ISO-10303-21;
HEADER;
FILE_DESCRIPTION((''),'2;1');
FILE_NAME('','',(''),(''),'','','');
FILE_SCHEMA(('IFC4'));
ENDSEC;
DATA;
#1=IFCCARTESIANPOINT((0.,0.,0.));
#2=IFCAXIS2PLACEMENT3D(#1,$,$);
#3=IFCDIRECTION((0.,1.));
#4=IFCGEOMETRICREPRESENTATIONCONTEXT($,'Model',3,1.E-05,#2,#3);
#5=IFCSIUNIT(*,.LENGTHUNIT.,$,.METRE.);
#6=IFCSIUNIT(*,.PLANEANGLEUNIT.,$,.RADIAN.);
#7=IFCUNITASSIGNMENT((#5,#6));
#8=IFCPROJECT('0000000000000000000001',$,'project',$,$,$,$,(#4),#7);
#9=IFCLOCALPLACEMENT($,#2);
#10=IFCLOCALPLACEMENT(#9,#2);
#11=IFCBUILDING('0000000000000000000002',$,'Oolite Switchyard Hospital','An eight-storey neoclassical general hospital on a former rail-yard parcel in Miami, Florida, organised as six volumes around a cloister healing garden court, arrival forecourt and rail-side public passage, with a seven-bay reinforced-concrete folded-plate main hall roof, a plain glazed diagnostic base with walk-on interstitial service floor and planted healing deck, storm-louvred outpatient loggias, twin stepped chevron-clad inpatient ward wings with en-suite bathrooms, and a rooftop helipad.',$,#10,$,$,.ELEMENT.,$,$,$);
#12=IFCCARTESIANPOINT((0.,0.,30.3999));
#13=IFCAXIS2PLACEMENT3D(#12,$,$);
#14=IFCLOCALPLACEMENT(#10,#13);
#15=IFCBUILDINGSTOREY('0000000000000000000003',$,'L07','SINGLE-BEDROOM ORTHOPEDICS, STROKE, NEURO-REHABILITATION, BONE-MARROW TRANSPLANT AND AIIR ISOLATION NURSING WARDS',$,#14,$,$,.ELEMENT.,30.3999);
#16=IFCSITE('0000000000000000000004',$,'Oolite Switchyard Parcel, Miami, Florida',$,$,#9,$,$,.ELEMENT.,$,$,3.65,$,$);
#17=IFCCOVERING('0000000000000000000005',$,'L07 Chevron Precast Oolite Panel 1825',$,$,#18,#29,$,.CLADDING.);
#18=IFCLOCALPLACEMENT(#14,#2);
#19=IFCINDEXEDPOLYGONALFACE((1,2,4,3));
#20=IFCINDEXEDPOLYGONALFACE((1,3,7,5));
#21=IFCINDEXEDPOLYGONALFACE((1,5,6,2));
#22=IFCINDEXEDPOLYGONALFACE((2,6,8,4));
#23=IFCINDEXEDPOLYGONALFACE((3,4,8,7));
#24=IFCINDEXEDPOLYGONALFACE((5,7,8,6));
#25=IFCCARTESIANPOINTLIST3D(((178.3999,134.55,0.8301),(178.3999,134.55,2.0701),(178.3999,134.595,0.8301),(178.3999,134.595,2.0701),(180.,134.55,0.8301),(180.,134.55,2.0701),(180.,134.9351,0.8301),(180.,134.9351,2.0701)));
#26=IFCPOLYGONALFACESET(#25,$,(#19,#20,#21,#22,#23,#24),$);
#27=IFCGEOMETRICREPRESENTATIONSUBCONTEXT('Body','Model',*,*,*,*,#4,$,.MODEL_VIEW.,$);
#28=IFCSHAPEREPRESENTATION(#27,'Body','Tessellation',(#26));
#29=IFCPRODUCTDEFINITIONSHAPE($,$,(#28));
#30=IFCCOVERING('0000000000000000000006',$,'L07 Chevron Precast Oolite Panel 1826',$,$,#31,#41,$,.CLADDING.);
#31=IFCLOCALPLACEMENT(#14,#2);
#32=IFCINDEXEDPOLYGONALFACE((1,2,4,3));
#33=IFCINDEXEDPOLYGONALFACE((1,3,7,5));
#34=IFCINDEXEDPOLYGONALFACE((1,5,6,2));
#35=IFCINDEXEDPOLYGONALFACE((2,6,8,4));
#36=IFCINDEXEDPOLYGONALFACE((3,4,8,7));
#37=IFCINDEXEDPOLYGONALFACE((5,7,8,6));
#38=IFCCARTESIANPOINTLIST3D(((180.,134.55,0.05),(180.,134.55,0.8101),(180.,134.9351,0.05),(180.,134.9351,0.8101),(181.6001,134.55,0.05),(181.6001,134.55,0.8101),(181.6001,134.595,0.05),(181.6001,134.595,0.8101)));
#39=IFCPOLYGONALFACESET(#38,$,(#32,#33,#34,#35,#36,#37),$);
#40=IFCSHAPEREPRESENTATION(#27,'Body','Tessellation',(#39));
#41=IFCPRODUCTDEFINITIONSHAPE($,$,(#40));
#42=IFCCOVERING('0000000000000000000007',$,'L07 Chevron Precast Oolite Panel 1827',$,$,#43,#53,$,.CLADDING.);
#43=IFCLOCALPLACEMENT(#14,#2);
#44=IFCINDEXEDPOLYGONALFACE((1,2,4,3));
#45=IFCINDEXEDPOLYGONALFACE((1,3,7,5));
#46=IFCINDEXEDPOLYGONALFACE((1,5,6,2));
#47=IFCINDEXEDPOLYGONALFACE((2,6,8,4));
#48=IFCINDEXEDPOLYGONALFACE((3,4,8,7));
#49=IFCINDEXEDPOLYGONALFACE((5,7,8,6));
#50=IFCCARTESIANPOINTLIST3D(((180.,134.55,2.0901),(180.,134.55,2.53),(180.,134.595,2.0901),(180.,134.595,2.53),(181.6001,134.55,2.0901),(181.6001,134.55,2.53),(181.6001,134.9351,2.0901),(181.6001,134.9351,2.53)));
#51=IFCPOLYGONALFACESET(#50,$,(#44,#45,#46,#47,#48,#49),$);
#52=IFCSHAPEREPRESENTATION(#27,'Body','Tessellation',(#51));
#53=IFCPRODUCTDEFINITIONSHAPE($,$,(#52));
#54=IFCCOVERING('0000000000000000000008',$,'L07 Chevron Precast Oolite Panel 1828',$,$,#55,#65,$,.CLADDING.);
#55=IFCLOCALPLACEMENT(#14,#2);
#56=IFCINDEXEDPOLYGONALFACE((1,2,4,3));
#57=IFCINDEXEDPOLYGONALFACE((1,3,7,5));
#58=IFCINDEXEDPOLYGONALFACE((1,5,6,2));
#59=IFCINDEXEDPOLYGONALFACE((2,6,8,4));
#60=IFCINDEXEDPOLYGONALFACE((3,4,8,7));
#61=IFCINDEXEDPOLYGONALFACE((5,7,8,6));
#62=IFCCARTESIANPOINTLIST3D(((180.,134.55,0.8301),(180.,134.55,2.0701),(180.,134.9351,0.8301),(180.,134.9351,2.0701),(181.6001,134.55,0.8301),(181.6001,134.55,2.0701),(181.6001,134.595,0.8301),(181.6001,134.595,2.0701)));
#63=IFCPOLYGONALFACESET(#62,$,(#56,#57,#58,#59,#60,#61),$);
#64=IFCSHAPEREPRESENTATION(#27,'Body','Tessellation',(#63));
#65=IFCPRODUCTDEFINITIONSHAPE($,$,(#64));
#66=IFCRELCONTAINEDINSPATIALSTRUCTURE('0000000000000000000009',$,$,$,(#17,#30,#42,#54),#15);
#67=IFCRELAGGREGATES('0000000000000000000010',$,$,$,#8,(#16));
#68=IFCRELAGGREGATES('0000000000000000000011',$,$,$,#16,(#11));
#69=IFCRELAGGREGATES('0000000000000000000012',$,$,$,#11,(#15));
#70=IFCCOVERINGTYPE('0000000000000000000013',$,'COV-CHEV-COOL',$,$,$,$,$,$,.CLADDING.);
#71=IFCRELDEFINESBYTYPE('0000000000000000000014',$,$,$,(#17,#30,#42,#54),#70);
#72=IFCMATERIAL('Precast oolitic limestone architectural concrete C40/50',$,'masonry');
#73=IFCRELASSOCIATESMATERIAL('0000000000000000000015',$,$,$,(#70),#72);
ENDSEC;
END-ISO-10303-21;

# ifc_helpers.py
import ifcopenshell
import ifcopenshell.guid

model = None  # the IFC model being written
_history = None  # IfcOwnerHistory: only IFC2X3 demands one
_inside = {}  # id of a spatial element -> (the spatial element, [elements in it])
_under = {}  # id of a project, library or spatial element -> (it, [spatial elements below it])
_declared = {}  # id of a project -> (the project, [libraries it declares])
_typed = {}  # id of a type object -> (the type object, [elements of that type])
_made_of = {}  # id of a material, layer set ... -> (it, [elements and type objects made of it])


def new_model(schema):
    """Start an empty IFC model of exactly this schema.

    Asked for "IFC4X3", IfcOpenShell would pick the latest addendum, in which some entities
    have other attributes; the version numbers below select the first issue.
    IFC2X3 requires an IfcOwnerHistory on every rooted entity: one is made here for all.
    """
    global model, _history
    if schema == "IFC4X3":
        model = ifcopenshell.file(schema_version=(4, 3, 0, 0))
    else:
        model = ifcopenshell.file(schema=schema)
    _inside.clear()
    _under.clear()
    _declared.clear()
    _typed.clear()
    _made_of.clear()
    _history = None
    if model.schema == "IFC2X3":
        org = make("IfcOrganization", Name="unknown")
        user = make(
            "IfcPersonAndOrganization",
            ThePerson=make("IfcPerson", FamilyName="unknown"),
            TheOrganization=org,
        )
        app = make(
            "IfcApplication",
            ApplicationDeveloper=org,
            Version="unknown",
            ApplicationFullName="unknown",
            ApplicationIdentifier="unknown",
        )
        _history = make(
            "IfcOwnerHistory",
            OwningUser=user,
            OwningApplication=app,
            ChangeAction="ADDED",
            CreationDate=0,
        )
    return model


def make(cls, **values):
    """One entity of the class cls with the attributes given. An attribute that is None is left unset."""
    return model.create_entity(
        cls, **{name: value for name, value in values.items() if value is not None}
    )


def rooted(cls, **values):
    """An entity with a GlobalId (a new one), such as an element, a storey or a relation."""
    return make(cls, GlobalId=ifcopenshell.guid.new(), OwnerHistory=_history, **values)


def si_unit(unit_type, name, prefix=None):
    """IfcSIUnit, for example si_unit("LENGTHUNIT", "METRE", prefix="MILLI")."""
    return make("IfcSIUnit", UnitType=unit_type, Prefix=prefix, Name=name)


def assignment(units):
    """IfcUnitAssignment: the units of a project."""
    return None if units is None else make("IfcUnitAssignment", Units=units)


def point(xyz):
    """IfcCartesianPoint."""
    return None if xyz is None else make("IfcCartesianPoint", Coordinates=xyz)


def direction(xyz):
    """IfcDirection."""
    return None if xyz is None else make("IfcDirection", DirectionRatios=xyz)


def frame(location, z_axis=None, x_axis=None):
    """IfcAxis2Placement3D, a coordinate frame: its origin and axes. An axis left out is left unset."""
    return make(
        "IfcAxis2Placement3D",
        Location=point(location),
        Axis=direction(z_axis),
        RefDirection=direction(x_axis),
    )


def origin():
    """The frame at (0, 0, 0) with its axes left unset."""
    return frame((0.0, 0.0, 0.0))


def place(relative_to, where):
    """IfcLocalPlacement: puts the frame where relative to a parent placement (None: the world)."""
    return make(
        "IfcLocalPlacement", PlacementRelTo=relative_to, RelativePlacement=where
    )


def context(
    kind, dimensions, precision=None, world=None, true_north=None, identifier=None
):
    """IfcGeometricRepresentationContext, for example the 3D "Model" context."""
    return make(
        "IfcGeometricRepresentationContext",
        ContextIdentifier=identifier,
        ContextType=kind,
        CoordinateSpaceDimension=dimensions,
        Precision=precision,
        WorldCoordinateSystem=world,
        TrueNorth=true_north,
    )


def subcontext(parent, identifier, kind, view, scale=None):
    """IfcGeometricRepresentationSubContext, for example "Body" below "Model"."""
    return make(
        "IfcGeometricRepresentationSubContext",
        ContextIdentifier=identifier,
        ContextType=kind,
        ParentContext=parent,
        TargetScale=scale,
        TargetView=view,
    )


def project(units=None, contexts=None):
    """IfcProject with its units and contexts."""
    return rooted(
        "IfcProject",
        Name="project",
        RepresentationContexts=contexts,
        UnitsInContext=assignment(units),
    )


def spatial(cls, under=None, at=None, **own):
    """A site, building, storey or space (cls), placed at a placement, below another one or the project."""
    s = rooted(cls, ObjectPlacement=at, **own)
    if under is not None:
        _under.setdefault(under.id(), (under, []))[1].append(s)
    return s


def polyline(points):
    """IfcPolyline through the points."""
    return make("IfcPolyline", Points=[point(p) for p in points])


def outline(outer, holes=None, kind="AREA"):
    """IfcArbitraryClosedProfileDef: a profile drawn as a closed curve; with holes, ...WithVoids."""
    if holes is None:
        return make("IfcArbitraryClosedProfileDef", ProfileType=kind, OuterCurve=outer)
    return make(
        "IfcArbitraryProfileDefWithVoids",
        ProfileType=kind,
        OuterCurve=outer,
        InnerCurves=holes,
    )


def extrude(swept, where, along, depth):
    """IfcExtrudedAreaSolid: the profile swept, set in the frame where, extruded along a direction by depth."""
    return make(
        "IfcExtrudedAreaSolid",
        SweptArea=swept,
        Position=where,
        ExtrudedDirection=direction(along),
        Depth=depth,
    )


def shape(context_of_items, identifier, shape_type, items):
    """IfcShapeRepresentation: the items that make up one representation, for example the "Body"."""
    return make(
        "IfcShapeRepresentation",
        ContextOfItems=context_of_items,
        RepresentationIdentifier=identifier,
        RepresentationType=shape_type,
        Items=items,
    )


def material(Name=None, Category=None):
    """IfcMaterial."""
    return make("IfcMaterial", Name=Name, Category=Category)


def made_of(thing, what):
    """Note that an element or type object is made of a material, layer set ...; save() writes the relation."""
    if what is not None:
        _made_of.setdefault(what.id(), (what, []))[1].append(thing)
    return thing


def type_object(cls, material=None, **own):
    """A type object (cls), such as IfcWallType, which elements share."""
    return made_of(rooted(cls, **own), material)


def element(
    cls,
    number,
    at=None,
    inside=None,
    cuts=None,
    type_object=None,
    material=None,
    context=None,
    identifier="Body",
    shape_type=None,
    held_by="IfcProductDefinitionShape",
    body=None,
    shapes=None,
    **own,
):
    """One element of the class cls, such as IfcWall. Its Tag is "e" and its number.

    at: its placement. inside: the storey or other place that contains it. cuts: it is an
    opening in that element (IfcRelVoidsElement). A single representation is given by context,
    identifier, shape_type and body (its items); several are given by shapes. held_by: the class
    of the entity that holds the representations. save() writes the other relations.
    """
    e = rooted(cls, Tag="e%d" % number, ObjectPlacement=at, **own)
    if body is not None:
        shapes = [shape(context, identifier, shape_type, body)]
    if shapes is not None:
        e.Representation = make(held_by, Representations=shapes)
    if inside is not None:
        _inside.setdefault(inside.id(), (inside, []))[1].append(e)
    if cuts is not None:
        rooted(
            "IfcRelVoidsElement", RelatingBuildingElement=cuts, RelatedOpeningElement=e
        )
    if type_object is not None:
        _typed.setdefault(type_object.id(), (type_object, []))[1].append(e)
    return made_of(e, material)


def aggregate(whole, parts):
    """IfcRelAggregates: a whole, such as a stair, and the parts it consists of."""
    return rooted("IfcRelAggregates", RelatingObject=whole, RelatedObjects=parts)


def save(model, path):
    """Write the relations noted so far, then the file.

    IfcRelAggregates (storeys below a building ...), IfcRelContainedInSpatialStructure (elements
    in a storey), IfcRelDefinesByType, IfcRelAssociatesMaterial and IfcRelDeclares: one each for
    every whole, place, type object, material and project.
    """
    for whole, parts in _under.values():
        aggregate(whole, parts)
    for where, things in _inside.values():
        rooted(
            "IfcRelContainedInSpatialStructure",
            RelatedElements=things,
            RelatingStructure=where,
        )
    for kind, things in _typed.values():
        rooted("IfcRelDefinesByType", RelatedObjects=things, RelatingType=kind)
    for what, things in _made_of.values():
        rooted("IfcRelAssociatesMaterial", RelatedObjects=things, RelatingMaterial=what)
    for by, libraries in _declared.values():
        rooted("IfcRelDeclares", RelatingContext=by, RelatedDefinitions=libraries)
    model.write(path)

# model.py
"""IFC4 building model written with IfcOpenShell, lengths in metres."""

from ifc_helpers import new_model, si_unit, direction, frame, origin, place, context, subcontext, project, spatial, polyline, outline, extrude, material, type_object, element, save


model = new_model("IFC4")

# Units and contexts
model_context = context("Model", 3, precision=1e-05, world=origin(), true_north=direction((0.0, 1.0)))
body_context = subcontext(model_context, "Body", "Model", "MODEL_VIEW")
ifc_project = project(units=[si_unit("LENGTHUNIT", "METRE"), si_unit("PLANEANGLEUNIT", "RADIAN")], contexts=[model_context])

# Site, building, storey
site_placement = place(None, origin())
site = spatial("IfcSite", under=ifc_project, at=site_placement, Name="Oolite Switchyard Parcel, Miami, Florida", CompositionType="ELEMENT", RefElevation=3.65)
building_placement = place(site_placement, origin())
building = spatial("IfcBuilding", under=site, at=building_placement, Name="Oolite Switchyard Hospital", Description="An eight-storey neoclassical general hospital on a former rail-yard parcel in Miami, Florida, organised as six volumes around a cloister healing garden court, arrival forecourt and rail-side public passage, with a seven-bay reinforced-concrete folded-plate main hall roof, a plain glazed diagnostic base with walk-on interstitial service floor and planted healing deck, storm-louvred outpatient loggias, twin stepped chevron-clad inpatient ward wings with en-suite bathrooms, and a rooftop helipad.", CompositionType="ELEMENT")
storey_placement = place(building_placement, frame((0.0, 0.0, 30.3999)))
storey = spatial("IfcBuildingStorey", under=building, at=storey_placement, Name="L07", Description="SINGLE-BEDROOM ORTHOPEDICS, STROKE, NEURO-REHABILITATION, BONE-MARROW TRANSPLANT AND AIIR ISOLATION NURSING WARDS", CompositionType="ELEMENT", Elevation=30.3999)

# Shared definitions
ifc_material_1 = material(Name="Precast oolitic limestone architectural concrete C40/50", Category="masonry")

# Coverings
covering_type = type_object("IfcCoveringType", Name="COV-CHEV-COOL", PredefinedType="CLADDING", material=ifc_material_1)
covering_1_placement = place(storey_placement, frame((178.3999, 134.55, 0.8301), z_axis=(0.0, 0.0, 1.0), x_axis=(1.0, 0.0, 0.0)))
element("IfcCovering", 1, at=covering_1_placement, inside=storey, type_object=covering_type, Name="L07 Chevron Precast Oolite Panel 1825", PredefinedType="CLADDING", context=body_context, shape_type="SweptSolid", body=[
    extrude(outline(polyline([(0.0, 0.0), (1.6001, 0.0), (1.6001, 0.385), (0.0, 0.0449), (0.0, 0.0)])), origin(), (0.0, 0.0, 1.0), 1.24),
])
covering_2_placement = place(storey_placement, frame((180.0, 134.55, 0.05), z_axis=(0.0, 0.0, 1.0), x_axis=(1.0, 0.0, 0.0)))
element("IfcCovering", 2, at=covering_2_placement, inside=storey, type_object=covering_type, Name="L07 Chevron Precast Oolite Panel 1826", PredefinedType="CLADDING", context=body_context, shape_type="SweptSolid", body=[
    extrude(outline(polyline([(0.0, 0.0), (1.6001, 0.0), (1.6001, 0.0449), (0.0, 0.385), (0.0, 0.0)])), origin(), (0.0, 0.0, 1.0), 0.76),
])
covering_3_placement = place(storey_placement, frame((180.0, 134.55, 2.0901), z_axis=(0.0, 0.0, 1.0), x_axis=(1.0, 0.0, 0.0)))
element("IfcCovering", 3, at=covering_3_placement, inside=storey, type_object=covering_type, Name="L07 Chevron Precast Oolite Panel 1827", PredefinedType="CLADDING", context=body_context, shape_type="SweptSolid", body=[
    extrude(outline(polyline([(0.0, 0.0), (1.6001, 0.0), (1.6001, 0.385), (0.0, 0.0449), (0.0, 0.0)])), origin(), (0.0, 0.0, 1.0), 0.4399),
])
covering_4_placement = place(storey_placement, frame((180.0, 134.55, 0.8301), z_axis=(0.0, 0.0, 1.0), x_axis=(1.0, 0.0, 0.0)))
element("IfcCovering", 4, at=covering_4_placement, inside=storey, type_object=covering_type, Name="L07 Chevron Precast Oolite Panel 1828", PredefinedType="CLADDING", context=body_context, shape_type="SweptSolid", body=[
    extrude(outline(polyline([(0.0, 0.0), (1.6001, 0.0), (1.6001, 0.0449), (0.0, 0.385), (0.0, 0.0)])), origin(), (0.0, 0.0, 1.0), 1.24),
])

save(model, "model.ifc")
